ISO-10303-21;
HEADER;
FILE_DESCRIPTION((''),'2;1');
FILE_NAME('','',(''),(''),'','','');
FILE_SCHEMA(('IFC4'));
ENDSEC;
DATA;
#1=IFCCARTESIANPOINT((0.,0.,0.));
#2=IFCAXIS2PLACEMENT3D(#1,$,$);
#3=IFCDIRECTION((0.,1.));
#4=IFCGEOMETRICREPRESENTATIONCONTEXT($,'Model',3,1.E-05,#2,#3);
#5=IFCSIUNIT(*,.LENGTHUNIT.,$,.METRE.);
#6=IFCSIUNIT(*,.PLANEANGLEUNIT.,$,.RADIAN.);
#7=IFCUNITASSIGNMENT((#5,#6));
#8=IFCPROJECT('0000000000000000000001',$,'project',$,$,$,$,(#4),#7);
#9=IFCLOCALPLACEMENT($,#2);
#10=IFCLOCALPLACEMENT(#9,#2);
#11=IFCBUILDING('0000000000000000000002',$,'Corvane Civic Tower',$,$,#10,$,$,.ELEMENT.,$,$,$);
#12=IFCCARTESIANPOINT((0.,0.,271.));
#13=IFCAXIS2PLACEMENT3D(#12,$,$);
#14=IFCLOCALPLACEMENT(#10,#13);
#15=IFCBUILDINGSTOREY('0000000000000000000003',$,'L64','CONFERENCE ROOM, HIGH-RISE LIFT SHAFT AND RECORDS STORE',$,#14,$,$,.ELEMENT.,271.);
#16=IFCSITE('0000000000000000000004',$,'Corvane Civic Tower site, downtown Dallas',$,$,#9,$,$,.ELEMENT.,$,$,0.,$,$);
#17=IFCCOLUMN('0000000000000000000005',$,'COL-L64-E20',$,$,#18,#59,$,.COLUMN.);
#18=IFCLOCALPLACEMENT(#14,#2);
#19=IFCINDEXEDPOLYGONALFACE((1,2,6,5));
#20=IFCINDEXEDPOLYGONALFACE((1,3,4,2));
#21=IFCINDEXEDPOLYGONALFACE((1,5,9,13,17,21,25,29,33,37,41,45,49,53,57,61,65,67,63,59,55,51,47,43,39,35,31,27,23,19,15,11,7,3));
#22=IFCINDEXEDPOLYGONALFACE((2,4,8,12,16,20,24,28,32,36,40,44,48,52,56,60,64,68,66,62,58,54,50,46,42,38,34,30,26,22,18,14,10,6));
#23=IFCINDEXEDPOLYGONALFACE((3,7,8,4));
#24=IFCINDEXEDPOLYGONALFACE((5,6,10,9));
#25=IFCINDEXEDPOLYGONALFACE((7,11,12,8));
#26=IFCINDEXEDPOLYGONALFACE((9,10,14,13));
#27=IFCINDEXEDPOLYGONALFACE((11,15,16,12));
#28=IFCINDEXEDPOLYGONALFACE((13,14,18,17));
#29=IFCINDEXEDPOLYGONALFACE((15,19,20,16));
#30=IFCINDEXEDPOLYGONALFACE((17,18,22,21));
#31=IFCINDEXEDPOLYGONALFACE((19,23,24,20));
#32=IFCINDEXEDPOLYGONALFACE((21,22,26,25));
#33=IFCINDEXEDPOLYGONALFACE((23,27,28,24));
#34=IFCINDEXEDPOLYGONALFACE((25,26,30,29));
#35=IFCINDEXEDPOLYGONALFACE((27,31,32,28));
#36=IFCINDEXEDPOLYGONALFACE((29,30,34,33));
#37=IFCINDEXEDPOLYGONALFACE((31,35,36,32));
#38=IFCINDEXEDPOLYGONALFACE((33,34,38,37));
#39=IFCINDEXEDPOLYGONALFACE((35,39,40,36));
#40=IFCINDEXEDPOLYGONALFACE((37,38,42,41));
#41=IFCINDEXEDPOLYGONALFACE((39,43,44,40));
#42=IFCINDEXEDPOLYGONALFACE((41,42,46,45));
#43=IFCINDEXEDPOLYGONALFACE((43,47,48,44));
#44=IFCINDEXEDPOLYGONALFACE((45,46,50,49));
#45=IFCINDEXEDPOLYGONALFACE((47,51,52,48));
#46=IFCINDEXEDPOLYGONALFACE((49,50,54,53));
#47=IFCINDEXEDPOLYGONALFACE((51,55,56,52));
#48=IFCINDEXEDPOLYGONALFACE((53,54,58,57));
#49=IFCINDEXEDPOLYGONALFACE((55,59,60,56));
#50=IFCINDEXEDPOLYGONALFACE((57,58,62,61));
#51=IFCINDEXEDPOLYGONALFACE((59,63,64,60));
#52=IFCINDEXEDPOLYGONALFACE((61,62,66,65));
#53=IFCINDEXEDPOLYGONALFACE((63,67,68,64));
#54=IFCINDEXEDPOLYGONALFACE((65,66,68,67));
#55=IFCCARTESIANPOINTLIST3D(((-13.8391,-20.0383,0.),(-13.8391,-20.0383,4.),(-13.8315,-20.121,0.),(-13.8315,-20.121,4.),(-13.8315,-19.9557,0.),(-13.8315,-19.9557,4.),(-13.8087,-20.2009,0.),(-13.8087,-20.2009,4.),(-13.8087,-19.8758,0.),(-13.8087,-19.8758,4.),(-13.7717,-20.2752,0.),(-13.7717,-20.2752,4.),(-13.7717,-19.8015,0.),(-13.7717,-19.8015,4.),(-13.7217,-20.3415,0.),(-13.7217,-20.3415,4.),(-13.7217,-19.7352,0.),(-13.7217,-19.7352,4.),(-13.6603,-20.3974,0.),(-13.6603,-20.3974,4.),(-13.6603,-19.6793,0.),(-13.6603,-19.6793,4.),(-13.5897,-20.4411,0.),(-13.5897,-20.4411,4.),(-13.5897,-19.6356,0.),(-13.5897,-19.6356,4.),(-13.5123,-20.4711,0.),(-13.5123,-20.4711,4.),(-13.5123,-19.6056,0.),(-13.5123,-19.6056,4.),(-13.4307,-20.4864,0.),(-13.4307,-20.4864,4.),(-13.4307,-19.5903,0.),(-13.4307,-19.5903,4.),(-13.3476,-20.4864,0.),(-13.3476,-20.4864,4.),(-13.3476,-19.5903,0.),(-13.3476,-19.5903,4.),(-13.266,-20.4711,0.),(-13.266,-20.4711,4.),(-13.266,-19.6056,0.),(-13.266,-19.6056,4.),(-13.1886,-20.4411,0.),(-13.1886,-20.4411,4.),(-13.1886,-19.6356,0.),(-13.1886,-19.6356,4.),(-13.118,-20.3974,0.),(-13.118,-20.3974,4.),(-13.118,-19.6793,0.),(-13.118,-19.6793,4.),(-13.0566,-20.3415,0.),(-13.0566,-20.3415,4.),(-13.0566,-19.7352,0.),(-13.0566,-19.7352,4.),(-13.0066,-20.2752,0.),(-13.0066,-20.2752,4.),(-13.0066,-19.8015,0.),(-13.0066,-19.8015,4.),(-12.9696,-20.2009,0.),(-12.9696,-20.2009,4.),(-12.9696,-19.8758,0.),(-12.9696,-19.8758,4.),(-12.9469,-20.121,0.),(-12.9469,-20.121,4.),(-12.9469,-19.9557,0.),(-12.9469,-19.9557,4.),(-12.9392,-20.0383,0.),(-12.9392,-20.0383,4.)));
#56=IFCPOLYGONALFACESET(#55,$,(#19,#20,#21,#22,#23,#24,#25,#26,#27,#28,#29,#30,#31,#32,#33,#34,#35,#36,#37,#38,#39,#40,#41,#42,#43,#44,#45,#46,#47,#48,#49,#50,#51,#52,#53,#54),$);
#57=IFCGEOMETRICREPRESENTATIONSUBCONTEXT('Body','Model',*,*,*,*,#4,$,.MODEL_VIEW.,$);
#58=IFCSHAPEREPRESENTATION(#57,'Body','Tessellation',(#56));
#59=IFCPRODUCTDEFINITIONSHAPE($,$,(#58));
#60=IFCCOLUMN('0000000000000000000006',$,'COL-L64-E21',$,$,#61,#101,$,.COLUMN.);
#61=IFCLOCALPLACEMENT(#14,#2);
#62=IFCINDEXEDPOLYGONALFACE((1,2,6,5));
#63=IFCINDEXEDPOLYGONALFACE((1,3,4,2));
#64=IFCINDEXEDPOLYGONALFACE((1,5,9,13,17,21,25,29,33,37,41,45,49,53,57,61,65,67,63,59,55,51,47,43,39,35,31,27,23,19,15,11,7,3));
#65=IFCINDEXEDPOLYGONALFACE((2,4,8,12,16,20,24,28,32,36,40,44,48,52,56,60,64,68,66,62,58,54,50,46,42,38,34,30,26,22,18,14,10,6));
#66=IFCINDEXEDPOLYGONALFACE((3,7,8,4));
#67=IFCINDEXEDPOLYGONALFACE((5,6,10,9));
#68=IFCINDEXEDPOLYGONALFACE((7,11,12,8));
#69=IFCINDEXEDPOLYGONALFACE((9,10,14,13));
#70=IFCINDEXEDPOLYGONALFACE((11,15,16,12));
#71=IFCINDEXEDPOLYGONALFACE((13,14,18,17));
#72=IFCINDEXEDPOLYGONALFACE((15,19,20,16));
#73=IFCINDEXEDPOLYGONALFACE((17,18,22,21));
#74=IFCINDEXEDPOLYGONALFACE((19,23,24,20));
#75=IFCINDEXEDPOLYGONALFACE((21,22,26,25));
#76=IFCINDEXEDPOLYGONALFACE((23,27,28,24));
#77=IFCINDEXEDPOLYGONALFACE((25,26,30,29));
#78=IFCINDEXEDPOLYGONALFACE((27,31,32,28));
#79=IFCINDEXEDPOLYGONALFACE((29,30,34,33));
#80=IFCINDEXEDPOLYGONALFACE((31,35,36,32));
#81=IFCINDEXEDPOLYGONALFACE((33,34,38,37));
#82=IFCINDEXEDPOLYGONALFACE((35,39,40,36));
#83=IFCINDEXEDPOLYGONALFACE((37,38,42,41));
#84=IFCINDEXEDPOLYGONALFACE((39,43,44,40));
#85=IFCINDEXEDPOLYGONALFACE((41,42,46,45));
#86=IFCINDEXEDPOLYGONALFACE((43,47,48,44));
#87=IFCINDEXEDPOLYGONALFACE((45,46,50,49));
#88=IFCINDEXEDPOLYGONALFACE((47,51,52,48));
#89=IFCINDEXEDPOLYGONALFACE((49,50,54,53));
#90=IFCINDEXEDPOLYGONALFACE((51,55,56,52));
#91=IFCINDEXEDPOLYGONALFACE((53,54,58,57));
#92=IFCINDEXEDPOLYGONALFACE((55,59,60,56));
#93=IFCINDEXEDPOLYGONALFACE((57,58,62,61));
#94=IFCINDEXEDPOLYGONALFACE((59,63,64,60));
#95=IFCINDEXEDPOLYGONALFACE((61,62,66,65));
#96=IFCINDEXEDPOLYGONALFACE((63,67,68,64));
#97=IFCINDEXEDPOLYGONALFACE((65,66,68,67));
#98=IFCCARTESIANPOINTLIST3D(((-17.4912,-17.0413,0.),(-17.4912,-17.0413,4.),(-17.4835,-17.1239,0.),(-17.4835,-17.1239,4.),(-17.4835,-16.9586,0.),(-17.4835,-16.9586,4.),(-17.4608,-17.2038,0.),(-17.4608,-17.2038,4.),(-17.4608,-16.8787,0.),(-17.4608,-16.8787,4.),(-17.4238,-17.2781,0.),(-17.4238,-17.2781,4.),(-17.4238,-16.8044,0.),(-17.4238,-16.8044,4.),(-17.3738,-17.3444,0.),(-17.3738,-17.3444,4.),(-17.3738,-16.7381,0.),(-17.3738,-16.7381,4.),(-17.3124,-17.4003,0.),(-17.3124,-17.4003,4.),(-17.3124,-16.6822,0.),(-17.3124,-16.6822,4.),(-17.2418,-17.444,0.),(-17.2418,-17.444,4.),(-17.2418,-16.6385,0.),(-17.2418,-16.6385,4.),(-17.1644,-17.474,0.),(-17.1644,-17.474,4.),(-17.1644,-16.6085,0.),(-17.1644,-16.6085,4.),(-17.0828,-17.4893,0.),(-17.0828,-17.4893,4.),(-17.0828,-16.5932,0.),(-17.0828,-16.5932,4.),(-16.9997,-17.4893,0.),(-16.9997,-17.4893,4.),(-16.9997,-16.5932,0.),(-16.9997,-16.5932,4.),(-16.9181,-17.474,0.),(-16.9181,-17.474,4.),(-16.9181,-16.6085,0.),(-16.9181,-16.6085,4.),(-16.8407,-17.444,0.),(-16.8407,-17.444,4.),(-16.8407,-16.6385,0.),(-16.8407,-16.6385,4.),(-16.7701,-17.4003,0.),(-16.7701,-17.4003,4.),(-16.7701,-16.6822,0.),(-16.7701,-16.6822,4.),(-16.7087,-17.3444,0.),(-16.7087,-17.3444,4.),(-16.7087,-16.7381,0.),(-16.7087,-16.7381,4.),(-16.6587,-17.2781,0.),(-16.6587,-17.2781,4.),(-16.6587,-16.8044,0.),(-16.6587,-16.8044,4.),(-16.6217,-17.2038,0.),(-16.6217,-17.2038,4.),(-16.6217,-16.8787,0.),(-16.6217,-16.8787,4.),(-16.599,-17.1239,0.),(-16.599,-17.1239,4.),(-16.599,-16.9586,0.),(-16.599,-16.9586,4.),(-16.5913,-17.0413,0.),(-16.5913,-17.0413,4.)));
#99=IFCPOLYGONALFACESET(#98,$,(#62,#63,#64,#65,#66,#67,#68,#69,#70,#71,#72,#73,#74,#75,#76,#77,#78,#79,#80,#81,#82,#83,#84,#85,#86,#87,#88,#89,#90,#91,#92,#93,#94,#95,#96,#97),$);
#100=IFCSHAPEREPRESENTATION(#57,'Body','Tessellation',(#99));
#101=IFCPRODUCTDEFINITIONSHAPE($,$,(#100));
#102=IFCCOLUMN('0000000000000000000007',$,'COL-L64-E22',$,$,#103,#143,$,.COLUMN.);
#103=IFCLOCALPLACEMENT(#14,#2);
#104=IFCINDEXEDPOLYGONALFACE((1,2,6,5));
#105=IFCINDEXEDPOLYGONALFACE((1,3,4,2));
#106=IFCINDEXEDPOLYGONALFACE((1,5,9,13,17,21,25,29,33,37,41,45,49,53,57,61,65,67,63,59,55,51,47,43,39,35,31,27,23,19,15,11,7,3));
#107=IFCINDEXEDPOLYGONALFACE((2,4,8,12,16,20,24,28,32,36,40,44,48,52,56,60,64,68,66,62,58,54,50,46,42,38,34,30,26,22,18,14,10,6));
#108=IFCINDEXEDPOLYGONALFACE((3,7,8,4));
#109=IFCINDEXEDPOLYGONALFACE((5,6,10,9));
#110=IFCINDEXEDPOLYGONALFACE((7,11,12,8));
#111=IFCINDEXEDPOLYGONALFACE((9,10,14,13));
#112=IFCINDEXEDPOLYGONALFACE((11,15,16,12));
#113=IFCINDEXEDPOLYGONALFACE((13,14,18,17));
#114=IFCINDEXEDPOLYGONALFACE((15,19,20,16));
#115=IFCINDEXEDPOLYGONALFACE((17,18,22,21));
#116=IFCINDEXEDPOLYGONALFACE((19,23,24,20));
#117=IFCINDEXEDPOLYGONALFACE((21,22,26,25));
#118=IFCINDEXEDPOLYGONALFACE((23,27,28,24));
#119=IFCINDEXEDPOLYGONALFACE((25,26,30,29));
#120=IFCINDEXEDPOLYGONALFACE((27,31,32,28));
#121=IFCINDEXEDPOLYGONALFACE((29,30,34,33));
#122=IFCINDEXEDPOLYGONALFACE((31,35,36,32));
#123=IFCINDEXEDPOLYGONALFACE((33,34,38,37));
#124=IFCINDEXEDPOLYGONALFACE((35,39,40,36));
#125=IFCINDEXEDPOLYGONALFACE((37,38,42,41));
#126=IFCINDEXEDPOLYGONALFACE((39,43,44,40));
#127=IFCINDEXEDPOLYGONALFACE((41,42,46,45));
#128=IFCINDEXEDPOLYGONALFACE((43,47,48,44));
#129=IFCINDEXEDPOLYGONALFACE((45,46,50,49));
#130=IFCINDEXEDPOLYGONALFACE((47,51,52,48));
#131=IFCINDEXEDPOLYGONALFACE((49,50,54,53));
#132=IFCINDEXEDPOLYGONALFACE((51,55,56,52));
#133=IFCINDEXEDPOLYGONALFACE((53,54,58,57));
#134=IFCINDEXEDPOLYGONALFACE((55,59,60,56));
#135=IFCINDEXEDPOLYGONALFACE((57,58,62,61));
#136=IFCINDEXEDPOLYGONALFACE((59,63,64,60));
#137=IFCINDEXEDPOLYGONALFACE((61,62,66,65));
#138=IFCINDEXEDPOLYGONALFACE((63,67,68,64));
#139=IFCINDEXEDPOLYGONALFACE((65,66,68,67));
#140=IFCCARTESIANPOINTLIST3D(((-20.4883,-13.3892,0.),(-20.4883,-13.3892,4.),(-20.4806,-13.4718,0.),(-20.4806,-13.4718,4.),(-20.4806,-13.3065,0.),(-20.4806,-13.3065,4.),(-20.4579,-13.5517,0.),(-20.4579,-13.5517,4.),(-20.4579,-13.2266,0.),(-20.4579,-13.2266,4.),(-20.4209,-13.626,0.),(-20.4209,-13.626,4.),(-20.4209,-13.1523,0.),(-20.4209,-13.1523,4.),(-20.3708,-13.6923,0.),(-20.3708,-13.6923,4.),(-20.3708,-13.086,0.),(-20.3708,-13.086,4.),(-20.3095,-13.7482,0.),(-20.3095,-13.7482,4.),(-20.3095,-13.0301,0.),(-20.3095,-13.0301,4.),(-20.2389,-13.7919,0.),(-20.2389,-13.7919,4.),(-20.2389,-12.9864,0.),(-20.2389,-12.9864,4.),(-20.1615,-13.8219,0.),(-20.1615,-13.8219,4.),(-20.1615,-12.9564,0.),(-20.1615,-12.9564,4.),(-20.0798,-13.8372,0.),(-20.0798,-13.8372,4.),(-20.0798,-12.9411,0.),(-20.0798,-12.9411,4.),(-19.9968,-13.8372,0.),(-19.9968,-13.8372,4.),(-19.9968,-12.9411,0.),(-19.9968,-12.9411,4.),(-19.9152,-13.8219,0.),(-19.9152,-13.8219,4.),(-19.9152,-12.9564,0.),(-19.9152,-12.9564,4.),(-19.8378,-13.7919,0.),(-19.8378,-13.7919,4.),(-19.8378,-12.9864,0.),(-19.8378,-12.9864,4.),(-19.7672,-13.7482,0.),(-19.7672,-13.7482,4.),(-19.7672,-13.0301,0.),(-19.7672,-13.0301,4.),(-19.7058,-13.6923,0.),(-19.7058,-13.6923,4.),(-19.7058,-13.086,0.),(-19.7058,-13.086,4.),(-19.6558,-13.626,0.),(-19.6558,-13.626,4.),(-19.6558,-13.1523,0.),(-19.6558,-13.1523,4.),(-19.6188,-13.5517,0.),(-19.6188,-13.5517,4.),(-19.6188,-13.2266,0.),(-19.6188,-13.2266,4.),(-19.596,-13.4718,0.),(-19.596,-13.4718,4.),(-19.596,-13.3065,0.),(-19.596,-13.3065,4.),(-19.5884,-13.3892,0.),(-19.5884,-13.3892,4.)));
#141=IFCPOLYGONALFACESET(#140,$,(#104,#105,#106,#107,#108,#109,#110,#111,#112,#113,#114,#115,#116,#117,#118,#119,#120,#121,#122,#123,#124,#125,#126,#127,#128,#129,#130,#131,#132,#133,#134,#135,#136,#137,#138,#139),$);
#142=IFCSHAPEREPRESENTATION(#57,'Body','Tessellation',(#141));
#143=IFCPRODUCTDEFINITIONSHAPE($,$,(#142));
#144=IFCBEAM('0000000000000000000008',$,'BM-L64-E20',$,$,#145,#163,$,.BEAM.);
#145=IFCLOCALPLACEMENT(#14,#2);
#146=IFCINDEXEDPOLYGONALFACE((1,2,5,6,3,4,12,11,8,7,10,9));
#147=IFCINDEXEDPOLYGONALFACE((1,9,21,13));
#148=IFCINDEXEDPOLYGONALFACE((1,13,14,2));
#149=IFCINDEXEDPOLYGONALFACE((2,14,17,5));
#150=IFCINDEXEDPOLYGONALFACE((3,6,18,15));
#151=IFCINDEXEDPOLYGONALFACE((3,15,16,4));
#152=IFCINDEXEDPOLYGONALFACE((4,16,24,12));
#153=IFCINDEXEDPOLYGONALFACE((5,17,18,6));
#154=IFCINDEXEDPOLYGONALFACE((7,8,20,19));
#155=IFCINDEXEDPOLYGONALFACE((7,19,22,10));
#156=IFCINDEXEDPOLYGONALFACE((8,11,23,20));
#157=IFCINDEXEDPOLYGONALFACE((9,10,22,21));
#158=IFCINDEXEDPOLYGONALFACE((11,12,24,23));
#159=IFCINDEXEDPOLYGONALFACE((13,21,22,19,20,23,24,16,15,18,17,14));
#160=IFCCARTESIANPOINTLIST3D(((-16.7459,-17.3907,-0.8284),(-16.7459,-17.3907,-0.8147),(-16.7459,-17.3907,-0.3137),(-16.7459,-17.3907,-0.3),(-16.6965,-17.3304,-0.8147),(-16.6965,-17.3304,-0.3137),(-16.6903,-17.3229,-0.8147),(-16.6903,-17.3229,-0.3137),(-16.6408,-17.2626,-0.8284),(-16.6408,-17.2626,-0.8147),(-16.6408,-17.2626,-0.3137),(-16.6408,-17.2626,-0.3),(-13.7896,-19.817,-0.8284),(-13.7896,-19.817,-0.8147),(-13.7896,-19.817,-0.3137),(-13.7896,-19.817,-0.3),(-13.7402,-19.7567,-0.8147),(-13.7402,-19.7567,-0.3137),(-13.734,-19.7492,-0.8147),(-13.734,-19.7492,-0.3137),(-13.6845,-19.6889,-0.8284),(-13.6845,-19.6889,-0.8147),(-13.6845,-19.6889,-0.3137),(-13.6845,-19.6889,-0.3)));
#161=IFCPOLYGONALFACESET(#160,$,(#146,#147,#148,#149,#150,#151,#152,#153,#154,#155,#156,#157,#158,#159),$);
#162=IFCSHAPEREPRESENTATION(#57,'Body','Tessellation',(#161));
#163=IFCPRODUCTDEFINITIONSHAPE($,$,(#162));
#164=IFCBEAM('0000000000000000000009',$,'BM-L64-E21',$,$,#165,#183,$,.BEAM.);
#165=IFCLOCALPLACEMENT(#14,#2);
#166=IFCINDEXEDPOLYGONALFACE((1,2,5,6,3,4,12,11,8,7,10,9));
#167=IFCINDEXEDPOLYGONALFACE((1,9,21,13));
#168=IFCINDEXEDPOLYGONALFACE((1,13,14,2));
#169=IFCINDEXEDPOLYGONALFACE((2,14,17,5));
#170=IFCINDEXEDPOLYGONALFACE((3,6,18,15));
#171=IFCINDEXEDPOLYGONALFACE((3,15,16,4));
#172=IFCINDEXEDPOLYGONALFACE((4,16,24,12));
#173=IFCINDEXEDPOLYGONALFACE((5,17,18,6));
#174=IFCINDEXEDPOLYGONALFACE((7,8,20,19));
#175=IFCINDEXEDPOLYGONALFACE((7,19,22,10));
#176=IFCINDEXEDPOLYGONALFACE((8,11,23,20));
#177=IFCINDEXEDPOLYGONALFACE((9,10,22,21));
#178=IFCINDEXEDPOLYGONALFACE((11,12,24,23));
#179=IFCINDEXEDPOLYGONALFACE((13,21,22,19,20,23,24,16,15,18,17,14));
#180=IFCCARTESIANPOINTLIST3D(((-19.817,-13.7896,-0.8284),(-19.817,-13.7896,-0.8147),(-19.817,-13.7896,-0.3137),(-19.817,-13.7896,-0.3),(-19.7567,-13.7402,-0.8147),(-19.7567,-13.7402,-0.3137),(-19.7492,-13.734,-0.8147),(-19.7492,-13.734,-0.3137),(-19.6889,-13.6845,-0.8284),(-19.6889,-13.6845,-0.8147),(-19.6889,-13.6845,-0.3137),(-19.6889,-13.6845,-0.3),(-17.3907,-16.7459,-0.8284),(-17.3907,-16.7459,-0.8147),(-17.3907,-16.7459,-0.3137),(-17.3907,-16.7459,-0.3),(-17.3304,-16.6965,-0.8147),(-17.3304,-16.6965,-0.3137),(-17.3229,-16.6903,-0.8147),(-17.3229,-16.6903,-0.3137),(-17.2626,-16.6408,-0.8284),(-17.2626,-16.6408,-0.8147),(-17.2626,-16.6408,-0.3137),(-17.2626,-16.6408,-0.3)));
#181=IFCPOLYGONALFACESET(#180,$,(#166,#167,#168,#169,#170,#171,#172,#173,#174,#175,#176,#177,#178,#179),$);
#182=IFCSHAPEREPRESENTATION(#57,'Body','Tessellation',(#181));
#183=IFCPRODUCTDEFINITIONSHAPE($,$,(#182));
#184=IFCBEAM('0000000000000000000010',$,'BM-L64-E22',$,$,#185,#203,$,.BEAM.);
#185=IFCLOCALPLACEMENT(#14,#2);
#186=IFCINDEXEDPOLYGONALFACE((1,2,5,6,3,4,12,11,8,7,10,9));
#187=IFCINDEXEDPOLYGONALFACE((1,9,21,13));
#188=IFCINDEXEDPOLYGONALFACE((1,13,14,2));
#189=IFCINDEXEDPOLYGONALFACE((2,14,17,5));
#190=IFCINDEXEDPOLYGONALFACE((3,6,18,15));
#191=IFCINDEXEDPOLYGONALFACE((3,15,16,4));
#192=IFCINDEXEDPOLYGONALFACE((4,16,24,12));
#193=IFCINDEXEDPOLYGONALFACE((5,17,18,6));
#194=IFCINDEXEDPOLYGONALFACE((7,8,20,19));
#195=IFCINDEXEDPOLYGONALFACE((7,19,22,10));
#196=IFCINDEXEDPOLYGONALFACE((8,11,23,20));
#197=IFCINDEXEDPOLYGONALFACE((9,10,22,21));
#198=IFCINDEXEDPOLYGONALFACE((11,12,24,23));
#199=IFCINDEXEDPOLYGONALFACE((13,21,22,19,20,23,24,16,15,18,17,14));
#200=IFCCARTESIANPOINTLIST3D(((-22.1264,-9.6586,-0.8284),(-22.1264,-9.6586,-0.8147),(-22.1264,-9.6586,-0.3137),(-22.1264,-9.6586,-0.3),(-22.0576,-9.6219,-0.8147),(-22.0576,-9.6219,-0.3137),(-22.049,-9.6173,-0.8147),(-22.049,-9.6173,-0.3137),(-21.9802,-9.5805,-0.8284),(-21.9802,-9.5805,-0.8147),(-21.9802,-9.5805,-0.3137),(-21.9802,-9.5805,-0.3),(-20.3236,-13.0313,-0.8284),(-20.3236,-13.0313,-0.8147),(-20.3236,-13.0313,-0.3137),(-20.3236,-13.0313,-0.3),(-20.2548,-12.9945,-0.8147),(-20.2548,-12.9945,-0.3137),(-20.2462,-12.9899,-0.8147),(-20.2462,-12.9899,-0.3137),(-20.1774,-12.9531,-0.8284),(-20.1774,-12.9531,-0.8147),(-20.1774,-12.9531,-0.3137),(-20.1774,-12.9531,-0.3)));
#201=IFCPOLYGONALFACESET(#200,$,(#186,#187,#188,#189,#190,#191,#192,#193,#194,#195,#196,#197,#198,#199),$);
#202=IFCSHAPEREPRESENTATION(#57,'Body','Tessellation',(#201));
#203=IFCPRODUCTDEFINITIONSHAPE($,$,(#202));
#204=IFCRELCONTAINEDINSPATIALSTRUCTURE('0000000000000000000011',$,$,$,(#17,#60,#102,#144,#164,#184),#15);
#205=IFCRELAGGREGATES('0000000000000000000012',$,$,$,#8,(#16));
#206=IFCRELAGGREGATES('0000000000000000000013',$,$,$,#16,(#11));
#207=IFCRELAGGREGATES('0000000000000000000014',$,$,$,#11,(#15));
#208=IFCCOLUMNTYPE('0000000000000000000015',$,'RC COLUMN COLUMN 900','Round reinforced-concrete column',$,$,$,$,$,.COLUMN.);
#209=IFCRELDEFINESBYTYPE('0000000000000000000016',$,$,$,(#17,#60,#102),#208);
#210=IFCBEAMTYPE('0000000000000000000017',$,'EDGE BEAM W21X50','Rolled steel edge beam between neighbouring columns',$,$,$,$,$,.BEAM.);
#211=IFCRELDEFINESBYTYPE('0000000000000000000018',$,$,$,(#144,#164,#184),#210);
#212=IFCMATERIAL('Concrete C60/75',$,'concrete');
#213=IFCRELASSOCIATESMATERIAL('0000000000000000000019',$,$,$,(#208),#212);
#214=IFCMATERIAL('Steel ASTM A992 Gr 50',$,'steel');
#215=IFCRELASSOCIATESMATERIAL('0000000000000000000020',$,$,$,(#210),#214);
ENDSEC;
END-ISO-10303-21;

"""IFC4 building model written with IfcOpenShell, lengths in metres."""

from ifc_helpers import new_model, si_unit, direction, frame, origin, origin_2d, place, context, subcontext, project, spatial, circle, i_section, extrude, material, material_profile, profile_set, type_object, element, save


model = new_model("IFC4")

# Units and contexts
model_context = context("Model", 3, precision=1e-05, world=origin(), true_north=direction((0.0, 1.0)))
body_context = subcontext(model_context, "Body", "Model", "MODEL_VIEW")
ifc_project = project(units=[si_unit("LENGTHUNIT", "METRE"), si_unit("PLANEANGLEUNIT", "RADIAN")], contexts=[model_context])

# Site, building, storey
site_placement = place(None, origin())
site = spatial("IfcSite", under=ifc_project, at=site_placement, Name="Corvane Civic Tower site, downtown Dallas", CompositionType="ELEMENT", RefElevation=0.0)
building_placement = place(site_placement, origin())
building = spatial("IfcBuilding", under=site, at=building_placement, Name="Corvane Civic Tower", CompositionType="ELEMENT")
storey_placement = place(building_placement, frame((0.0, 0.0, 271.0)))
storey = spatial("IfcBuildingStorey", under=building, at=storey_placement, Name="L64", Description="CONFERENCE ROOM, HIGH-RISE LIFT SHAFT AND RECORDS STORE", CompositionType="ELEMENT", Elevation=271.0)

# Columns
ifc_material_1 = material(Name="Concrete C60/75", Category="concrete")
ifc_material_profile_1 = material_profile(ifc_material_1, circle(Radius=0.45, at=origin_2d()), Name="COLUMN 900")
ifc_profile_set_1 = profile_set([ifc_material_profile_1], Name="Concrete C60/75")
column_type = type_object("IfcColumnType", Name="RC COLUMN COLUMN 900", Description="Round reinforced-concrete column", PredefinedType="COLUMN", material=ifc_profile_set_1)
for number, where, z_axis, x_axis, name in (
    (1, (-13.3892, -20.0383, 0.0), (0.0, 0.0, 1.0), (1.0, 0.0, 0.0), "COL-L64-E20"),
    (2, (-17.0413, -17.0413, 0.0), (0.0, 0.0, 1.0), (1.0, 0.0, 0.0), "COL-L64-E21"),
    (3, (-20.0383, -13.3892, 0.0), (0.0, 0.0, 1.0), (1.0, 0.0, 0.0), "COL-L64-E22"),
):
    element("IfcColumn", number, at=place(storey_placement, frame(where, z_axis=z_axis, x_axis=x_axis)), inside=storey, type_object=column_type, Name=name, PredefinedType="COLUMN", context=body_context, shape_type="SweptSolid", body=[
        extrude(circle(Radius=0.45, at=origin_2d()), origin(), (0.0, 0.0, 1.0), 4.0),
    ])

# Beams
ifc_material_2 = material(Name="Steel ASTM A992 Gr 50", Category="steel")
ifc_material_profile_2 = material_profile(ifc_material_2, i_section(OverallWidth=0.1658, OverallDepth=0.5283, WebThickness=0.0098, FlangeThickness=0.0137, at=origin_2d()), Name="W21X50")
ifc_profile_set_2 = profile_set([ifc_material_profile_2], Name="Steel ASTM A992 Gr 50")
beam_type_1 = type_object("IfcBeamType", Name="EDGE BEAM W21X50", Description="Rolled steel edge beam between neighbouring columns", PredefinedType="BEAM", material=ifc_profile_set_2)
for number, where, z_axis, x_axis, name in (
    (4, (-13.7371, -19.7529, -0.5642), (-0.772998, 0.634409, 0.0), (-0.634409, -0.772998, 0.0), "BM-L64-E20"),
    (5, (-17.3267, -16.6934, -0.5642), (-0.634409, 0.772998, 0.0), (-0.772998, -0.634409, 0.0), "BM-L64-E21"),
):
    element("IfcBeam", number, at=place(storey_placement, frame(where, z_axis=z_axis, x_axis=x_axis)), inside=storey, type_object=beam_type_1, Name=name, PredefinedType="BEAM", context=body_context, shape_type="SweptSolid", body=[
        extrude(i_section(OverallWidth=0.1658, OverallDepth=0.5283, WebThickness=0.0098, FlangeThickness=0.0137, at=origin_2d()), origin(), (0.0, 0.0, 1.0), 3.8245),
    ])
beam_1_placement = place(storey_placement, frame((-20.2505, -12.9922, -0.5642), z_axis=(-0.47141, 0.881914, 0.0), x_axis=(-0.881914, -0.47141, 0.0)))
element("IfcBeam", 6, at=beam_1_placement, inside=storey, type_object=beam_type_1, Name="BM-L64-E22", PredefinedType="BEAM", context=body_context, shape_type="SweptSolid", body=[
    extrude(i_section(OverallWidth=0.1658, OverallDepth=0.5283, WebThickness=0.0098, FlangeThickness=0.0137, at=origin_2d()), origin(), (0.0, 0.0, 1.0), 3.8242),
])

save(model, "model.ifc")
